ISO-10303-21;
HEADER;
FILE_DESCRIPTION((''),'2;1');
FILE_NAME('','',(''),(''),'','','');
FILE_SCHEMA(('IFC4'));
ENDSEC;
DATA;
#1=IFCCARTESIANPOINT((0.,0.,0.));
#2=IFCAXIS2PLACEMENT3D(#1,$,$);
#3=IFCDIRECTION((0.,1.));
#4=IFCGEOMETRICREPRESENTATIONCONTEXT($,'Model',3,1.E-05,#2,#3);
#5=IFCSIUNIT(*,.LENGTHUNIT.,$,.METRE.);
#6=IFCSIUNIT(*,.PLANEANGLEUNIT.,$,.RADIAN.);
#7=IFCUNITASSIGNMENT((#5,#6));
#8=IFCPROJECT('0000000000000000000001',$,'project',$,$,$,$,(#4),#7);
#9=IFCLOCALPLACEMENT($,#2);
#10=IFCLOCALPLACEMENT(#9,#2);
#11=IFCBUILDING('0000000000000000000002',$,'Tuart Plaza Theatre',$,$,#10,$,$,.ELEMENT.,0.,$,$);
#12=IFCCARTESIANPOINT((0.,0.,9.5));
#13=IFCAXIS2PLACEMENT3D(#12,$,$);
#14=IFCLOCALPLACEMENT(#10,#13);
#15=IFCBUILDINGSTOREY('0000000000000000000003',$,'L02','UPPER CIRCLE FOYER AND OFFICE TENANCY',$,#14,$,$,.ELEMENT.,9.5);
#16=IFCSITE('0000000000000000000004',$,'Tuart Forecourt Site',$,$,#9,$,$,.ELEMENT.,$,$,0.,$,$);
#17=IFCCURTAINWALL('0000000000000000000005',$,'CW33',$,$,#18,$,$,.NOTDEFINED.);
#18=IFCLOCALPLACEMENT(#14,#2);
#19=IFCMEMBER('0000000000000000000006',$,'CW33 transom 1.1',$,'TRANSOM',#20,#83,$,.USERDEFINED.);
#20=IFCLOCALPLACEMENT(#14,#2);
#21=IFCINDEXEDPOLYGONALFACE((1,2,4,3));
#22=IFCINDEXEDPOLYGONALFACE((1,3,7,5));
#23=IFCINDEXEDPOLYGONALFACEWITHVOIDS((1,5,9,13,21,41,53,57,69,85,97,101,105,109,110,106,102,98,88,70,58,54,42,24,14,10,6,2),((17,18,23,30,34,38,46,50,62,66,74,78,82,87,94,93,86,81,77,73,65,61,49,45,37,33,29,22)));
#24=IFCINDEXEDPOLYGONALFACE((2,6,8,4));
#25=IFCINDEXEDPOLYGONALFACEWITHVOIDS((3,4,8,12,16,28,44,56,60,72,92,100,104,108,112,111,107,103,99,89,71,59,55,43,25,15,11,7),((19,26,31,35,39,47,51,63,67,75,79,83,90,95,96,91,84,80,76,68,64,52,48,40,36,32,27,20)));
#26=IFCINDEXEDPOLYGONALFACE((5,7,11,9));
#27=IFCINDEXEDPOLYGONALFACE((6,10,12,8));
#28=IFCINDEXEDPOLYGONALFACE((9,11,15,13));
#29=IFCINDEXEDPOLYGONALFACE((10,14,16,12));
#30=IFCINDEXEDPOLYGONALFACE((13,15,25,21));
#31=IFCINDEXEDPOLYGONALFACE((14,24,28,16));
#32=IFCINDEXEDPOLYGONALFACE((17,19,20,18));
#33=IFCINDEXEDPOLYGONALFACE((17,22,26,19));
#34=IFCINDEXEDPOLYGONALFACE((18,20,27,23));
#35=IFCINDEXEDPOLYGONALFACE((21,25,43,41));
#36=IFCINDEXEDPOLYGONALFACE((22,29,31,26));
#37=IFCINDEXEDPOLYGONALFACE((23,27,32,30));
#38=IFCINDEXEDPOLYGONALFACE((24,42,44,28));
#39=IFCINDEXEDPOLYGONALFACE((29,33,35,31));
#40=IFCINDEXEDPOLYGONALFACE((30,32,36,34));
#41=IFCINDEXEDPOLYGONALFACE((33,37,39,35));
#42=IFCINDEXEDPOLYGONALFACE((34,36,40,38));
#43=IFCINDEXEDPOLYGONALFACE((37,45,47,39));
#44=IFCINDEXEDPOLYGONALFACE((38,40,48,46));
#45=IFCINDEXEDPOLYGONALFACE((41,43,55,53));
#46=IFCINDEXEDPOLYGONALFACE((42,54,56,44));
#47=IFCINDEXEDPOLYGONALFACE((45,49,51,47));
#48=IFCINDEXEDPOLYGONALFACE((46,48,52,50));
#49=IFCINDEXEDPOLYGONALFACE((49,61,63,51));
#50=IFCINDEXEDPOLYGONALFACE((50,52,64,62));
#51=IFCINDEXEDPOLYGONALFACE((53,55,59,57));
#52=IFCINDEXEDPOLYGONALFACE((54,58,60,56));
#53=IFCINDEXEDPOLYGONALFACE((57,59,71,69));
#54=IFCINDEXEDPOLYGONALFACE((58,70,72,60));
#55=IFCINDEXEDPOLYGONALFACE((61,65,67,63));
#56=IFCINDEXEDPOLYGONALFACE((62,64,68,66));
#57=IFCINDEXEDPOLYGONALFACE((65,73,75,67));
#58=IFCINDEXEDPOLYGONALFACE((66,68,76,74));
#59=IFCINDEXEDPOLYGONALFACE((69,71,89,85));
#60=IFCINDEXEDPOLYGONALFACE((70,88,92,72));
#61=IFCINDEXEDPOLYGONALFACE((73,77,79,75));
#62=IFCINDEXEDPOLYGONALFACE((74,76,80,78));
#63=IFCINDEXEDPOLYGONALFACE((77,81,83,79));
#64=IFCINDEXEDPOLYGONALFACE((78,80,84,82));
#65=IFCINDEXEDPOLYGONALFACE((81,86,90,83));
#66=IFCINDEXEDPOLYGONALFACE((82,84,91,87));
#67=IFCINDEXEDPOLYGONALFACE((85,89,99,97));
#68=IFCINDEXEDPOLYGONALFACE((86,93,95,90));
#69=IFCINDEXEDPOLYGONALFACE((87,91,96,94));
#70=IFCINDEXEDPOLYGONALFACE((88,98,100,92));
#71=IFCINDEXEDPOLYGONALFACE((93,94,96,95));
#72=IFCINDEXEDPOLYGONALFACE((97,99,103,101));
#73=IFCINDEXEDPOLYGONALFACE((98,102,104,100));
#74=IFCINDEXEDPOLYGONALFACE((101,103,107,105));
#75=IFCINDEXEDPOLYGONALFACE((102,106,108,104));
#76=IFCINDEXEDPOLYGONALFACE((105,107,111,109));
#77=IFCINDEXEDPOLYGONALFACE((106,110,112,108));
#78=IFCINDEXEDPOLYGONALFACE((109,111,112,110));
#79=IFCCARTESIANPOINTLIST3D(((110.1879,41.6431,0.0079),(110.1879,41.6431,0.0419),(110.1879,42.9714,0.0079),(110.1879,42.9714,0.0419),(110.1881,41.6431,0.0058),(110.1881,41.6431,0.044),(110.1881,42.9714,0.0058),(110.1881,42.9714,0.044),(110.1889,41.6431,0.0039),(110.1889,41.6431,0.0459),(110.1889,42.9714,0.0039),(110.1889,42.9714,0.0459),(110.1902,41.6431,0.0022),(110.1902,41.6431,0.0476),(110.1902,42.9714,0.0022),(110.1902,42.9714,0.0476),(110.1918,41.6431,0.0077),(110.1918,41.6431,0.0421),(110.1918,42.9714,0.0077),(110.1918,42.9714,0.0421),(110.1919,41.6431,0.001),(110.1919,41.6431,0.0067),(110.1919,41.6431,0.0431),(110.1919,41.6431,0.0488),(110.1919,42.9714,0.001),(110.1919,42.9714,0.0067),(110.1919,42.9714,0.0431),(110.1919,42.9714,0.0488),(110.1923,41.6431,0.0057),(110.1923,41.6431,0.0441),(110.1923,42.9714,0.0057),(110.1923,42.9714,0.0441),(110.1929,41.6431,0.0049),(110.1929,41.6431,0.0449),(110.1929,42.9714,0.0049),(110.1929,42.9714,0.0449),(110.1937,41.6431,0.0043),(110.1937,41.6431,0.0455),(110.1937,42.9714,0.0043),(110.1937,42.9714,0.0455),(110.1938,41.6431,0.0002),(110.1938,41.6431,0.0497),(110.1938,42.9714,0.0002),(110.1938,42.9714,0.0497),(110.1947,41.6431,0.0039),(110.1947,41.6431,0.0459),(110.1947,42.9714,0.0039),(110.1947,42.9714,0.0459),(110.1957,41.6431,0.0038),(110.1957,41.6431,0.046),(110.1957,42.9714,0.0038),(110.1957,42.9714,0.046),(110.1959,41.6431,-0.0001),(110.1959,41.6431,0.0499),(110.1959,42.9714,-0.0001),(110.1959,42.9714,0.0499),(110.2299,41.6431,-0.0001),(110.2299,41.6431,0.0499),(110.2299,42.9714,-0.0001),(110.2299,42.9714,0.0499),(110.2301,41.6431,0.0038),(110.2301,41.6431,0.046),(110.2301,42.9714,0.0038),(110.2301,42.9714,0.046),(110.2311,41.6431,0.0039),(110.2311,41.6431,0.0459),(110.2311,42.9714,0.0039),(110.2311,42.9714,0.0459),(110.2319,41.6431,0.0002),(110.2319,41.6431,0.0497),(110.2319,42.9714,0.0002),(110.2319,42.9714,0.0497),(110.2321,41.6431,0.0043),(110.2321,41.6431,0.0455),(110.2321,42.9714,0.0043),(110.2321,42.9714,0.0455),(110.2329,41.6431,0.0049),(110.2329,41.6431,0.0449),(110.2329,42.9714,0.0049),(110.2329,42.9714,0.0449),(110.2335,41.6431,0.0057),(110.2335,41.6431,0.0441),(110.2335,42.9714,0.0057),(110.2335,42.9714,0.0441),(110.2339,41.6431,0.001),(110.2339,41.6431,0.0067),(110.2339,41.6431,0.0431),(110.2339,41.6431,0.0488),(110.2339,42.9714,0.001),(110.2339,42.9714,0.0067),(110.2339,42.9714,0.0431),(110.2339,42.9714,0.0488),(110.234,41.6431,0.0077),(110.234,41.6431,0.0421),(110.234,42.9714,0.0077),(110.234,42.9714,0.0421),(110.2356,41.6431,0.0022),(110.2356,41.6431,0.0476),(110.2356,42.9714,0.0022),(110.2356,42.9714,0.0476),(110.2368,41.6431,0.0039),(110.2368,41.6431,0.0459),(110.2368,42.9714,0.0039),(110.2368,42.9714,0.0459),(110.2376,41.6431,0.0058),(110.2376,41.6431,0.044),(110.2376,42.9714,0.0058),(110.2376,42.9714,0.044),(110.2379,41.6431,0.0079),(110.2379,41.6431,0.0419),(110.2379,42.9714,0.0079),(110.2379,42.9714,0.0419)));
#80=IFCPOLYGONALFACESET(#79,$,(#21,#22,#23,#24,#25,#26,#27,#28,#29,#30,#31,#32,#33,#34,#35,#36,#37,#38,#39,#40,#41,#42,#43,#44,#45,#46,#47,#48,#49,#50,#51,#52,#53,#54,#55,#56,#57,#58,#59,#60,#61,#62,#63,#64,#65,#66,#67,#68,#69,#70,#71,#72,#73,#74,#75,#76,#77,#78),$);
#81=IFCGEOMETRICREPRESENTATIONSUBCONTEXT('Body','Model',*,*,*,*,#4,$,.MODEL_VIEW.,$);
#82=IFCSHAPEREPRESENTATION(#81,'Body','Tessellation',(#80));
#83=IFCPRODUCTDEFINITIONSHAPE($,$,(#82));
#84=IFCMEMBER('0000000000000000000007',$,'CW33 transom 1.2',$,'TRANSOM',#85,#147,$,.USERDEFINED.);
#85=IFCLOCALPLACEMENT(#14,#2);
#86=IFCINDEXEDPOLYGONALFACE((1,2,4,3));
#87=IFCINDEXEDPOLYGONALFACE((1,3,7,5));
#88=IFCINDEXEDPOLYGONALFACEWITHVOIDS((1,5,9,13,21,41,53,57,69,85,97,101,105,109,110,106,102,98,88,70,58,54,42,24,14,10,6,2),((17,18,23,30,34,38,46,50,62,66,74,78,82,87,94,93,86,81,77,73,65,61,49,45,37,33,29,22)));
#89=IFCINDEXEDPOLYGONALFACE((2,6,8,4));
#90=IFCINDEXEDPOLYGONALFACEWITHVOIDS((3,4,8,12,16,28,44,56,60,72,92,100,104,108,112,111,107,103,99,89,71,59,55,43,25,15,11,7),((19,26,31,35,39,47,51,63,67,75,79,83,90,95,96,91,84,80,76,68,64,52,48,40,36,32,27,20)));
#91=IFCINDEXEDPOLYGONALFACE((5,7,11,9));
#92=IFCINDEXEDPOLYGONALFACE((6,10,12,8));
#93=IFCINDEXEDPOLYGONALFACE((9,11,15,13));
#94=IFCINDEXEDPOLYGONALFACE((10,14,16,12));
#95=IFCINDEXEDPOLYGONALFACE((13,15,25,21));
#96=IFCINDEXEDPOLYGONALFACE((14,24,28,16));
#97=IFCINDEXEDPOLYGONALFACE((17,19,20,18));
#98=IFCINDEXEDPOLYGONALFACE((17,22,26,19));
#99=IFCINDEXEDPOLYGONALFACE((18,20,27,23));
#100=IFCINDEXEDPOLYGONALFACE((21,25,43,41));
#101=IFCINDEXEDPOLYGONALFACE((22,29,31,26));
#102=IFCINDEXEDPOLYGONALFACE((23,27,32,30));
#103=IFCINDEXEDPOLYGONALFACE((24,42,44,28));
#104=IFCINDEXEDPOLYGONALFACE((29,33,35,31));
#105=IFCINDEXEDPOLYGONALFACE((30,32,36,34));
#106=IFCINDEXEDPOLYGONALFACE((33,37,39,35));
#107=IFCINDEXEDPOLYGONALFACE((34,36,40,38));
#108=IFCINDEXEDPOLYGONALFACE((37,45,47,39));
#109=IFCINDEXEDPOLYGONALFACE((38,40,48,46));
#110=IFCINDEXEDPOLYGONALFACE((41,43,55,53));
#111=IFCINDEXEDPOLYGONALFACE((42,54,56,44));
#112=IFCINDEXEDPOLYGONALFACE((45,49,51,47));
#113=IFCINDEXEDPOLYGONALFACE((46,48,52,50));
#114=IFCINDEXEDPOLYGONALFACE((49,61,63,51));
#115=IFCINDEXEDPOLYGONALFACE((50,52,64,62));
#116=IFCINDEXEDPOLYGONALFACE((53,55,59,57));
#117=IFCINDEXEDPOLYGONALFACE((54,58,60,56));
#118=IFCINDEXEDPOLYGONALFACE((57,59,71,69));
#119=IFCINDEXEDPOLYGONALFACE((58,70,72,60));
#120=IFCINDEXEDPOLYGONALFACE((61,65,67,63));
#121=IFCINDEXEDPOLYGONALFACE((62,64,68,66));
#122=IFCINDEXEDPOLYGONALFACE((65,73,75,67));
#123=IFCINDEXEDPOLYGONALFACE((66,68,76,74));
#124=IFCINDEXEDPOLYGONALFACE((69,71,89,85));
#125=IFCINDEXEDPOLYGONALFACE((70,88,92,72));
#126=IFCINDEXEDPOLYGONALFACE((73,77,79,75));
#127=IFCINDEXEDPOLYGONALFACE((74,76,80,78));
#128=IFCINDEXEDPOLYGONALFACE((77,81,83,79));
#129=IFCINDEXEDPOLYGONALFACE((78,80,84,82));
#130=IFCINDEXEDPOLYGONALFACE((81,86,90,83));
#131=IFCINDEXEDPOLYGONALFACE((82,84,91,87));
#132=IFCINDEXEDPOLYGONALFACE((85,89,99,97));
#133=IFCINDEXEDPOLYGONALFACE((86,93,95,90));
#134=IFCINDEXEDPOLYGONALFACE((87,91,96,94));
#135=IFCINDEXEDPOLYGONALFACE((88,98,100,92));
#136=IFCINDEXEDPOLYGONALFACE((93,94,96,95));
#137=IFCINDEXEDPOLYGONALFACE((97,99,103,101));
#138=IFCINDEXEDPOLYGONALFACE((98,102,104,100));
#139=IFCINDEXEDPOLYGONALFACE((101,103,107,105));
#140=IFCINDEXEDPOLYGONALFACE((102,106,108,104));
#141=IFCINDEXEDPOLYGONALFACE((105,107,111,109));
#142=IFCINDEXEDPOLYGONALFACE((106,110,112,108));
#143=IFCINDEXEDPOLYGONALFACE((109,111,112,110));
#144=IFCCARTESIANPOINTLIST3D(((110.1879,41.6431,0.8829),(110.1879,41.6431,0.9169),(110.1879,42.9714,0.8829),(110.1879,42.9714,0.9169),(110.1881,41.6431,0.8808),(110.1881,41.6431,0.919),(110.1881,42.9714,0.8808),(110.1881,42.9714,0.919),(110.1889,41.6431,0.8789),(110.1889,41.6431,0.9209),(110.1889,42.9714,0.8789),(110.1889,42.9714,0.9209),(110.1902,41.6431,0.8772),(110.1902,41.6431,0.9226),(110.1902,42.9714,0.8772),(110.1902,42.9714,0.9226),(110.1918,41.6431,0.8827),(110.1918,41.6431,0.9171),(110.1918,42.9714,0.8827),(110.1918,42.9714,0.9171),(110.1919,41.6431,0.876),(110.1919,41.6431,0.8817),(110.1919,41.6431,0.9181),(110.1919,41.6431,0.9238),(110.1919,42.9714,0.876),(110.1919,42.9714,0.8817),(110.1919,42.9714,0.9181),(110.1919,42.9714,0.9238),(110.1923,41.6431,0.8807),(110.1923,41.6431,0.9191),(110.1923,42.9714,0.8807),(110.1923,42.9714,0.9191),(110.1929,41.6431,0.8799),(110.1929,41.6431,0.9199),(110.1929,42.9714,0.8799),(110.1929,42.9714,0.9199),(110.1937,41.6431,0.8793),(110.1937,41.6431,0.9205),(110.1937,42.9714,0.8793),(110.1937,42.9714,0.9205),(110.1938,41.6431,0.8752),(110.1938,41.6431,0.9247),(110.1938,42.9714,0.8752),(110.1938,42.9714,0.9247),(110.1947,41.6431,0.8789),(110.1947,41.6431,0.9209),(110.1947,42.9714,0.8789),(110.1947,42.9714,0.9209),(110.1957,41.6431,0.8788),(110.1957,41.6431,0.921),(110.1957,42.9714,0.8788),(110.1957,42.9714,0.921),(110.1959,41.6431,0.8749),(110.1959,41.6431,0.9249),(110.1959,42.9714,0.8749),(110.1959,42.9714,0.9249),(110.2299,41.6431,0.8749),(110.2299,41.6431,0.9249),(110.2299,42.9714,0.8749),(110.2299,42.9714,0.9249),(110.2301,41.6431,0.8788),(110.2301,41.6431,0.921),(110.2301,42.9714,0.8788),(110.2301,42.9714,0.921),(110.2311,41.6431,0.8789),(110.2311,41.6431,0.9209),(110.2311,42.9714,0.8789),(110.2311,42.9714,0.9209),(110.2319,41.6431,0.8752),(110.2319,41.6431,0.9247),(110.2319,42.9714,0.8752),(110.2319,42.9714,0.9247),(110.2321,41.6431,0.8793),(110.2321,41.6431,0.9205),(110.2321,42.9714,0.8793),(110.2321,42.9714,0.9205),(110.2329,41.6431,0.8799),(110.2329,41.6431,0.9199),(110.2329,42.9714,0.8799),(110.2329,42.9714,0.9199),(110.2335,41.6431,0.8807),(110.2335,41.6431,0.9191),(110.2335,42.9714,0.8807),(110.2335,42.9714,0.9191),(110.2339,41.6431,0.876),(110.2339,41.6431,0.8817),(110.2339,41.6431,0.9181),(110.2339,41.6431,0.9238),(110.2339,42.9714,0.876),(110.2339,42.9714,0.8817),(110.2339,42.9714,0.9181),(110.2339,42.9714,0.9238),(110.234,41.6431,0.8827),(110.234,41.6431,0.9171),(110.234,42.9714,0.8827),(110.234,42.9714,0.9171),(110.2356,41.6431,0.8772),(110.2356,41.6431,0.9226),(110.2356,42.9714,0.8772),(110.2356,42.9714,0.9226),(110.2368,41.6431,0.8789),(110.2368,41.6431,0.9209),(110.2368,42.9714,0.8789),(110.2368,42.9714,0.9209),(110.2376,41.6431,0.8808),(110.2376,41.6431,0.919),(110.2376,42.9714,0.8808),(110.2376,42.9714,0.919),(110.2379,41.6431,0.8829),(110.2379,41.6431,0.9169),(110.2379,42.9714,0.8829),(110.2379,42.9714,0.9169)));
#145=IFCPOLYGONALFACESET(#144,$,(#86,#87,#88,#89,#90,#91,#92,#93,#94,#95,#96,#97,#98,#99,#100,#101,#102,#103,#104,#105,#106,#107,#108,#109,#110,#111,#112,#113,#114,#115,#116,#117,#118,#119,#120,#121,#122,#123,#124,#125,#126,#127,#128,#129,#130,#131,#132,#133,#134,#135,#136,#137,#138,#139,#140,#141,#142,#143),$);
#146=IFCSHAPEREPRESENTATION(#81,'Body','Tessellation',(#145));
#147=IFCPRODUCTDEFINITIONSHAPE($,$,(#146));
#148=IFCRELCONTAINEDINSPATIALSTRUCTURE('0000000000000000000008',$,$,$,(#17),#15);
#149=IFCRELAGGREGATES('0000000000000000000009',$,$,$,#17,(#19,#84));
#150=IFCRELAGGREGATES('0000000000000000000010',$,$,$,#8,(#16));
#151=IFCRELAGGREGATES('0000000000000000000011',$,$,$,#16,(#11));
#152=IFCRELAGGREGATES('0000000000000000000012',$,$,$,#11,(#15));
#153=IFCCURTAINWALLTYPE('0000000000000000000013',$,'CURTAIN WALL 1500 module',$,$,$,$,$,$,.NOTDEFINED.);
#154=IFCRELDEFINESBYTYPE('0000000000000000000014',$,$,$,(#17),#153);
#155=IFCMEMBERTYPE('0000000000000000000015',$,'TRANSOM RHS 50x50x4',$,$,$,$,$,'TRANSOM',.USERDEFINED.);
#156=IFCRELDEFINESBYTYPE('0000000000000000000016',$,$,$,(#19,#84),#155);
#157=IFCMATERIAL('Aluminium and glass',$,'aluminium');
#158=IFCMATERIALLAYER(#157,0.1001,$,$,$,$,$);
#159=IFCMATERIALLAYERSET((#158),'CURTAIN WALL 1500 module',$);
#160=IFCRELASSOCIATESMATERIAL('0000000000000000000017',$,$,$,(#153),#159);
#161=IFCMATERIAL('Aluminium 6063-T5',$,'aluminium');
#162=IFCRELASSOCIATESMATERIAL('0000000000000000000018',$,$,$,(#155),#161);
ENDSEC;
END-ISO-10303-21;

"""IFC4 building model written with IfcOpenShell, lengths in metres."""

from ifc_helpers import new_model, si_unit, direction, frame, origin, origin_2d, place, context, subcontext, project, spatial, hollow_rectangle, extrude, material, layer, layer_set, material_profile, profile_set, type_object, element, aggregate, save


model = new_model("IFC4")

# Units and contexts
model_context = context("Model", 3, precision=1e-05, world=origin(), true_north=direction((0.0, 1.0)))
body_context = subcontext(model_context, "Body", "Model", "MODEL_VIEW")
ifc_project = project(units=[si_unit("LENGTHUNIT", "METRE"), si_unit("PLANEANGLEUNIT", "RADIAN")], contexts=[model_context])

# Site, building, storey
site_placement = place(None, origin())
site = spatial("IfcSite", under=ifc_project, at=site_placement, Name="Tuart Forecourt Site", CompositionType="ELEMENT", RefElevation=0.0)
building_placement = place(site_placement, origin())
building = spatial("IfcBuilding", under=site, at=building_placement, Name="Tuart Plaza Theatre", CompositionType="ELEMENT", ElevationOfRefHeight=0.0)
storey_placement = place(building_placement, frame((0.0, 0.0, 9.5)))
storey = spatial("IfcBuildingStorey", under=building, at=storey_placement, Name="L02", Description="UPPER CIRCLE FOYER AND OFFICE TENANCY", CompositionType="ELEMENT", Elevation=9.5)

# Shared definitions
ifc_material_1 = material(Name="Aluminium and glass", Category="aluminium")
ifc_layer_1 = layer(ifc_material_1, 0.1001)
ifc_layer_set_1 = layer_set([ifc_layer_1], Name="CURTAIN WALL 1500 module")
curtain_wall_type = type_object("IfcCurtainWallType", Name="CURTAIN WALL 1500 module", PredefinedType="NOTDEFINED", material=ifc_layer_set_1)

# Curtain wall
curtain_wall_1_placement = place(storey_placement, origin())
curtain_wall_1 = element("IfcCurtainWall", 1, at=curtain_wall_1_placement, inside=storey, type_object=curtain_wall_type, Name="CW33", PredefinedType="NOTDEFINED")

# Members
ifc_material_2 = material(Name="Aluminium 6063-T5", Category="aluminium")
ifc_material_profile_1 = material_profile(ifc_material_2, hollow_rectangle(XDim=0.05, YDim=0.05, WallThickness=0.0039, InnerFilletRadius=0.0039, OuterFilletRadius=0.0081, at=origin_2d()), Name="RHS 50x50x4")
ifc_profile_set_1 = profile_set([ifc_material_profile_1], Name="Aluminium 6063-T5")
member_type_1 = type_object("IfcMemberType", Name="TRANSOM RHS 50x50x4", ElementType="TRANSOM", PredefinedType="USERDEFINED", material=ifc_profile_set_1)
member_1_placement = place(storey_placement, frame((110.2129, 41.6431, 0.0249), z_axis=(0.0, 1.0, 0.0), x_axis=(-1.0, 0.0, 0.0)))
member_1 = element("IfcMember", 2, at=member_1_placement, type_object=member_type_1, Name="CW33 transom 1.1", ObjectType="TRANSOM", PredefinedType="USERDEFINED", context=body_context, shape_type="SweptSolid", body=[
    extrude(hollow_rectangle(XDim=0.05, YDim=0.05, WallThickness=0.0039, InnerFilletRadius=0.0039, OuterFilletRadius=0.0081, at=origin_2d()), origin(), (0.0, 0.0, 1.0), 1.3284),
])
member_2_placement = place(storey_placement, frame((110.2129, 41.6431, 0.8999), z_axis=(0.0, 1.0, 0.0), x_axis=(-1.0, 0.0, 0.0)))
member_2 = element("IfcMember", 3, at=member_2_placement, type_object=member_type_1, Name="CW33 transom 1.2", ObjectType="TRANSOM", PredefinedType="USERDEFINED", context=body_context, shape_type="SweptSolid", body=[
    extrude(hollow_rectangle(XDim=0.05, YDim=0.05, WallThickness=0.0039, InnerFilletRadius=0.0039, OuterFilletRadius=0.0081, at=origin_2d()), origin(), (0.0, 0.0, 1.0), 1.3284),
])
aggregate(curtain_wall_1, [member_1, member_2])

save(model, "model.ifc")
